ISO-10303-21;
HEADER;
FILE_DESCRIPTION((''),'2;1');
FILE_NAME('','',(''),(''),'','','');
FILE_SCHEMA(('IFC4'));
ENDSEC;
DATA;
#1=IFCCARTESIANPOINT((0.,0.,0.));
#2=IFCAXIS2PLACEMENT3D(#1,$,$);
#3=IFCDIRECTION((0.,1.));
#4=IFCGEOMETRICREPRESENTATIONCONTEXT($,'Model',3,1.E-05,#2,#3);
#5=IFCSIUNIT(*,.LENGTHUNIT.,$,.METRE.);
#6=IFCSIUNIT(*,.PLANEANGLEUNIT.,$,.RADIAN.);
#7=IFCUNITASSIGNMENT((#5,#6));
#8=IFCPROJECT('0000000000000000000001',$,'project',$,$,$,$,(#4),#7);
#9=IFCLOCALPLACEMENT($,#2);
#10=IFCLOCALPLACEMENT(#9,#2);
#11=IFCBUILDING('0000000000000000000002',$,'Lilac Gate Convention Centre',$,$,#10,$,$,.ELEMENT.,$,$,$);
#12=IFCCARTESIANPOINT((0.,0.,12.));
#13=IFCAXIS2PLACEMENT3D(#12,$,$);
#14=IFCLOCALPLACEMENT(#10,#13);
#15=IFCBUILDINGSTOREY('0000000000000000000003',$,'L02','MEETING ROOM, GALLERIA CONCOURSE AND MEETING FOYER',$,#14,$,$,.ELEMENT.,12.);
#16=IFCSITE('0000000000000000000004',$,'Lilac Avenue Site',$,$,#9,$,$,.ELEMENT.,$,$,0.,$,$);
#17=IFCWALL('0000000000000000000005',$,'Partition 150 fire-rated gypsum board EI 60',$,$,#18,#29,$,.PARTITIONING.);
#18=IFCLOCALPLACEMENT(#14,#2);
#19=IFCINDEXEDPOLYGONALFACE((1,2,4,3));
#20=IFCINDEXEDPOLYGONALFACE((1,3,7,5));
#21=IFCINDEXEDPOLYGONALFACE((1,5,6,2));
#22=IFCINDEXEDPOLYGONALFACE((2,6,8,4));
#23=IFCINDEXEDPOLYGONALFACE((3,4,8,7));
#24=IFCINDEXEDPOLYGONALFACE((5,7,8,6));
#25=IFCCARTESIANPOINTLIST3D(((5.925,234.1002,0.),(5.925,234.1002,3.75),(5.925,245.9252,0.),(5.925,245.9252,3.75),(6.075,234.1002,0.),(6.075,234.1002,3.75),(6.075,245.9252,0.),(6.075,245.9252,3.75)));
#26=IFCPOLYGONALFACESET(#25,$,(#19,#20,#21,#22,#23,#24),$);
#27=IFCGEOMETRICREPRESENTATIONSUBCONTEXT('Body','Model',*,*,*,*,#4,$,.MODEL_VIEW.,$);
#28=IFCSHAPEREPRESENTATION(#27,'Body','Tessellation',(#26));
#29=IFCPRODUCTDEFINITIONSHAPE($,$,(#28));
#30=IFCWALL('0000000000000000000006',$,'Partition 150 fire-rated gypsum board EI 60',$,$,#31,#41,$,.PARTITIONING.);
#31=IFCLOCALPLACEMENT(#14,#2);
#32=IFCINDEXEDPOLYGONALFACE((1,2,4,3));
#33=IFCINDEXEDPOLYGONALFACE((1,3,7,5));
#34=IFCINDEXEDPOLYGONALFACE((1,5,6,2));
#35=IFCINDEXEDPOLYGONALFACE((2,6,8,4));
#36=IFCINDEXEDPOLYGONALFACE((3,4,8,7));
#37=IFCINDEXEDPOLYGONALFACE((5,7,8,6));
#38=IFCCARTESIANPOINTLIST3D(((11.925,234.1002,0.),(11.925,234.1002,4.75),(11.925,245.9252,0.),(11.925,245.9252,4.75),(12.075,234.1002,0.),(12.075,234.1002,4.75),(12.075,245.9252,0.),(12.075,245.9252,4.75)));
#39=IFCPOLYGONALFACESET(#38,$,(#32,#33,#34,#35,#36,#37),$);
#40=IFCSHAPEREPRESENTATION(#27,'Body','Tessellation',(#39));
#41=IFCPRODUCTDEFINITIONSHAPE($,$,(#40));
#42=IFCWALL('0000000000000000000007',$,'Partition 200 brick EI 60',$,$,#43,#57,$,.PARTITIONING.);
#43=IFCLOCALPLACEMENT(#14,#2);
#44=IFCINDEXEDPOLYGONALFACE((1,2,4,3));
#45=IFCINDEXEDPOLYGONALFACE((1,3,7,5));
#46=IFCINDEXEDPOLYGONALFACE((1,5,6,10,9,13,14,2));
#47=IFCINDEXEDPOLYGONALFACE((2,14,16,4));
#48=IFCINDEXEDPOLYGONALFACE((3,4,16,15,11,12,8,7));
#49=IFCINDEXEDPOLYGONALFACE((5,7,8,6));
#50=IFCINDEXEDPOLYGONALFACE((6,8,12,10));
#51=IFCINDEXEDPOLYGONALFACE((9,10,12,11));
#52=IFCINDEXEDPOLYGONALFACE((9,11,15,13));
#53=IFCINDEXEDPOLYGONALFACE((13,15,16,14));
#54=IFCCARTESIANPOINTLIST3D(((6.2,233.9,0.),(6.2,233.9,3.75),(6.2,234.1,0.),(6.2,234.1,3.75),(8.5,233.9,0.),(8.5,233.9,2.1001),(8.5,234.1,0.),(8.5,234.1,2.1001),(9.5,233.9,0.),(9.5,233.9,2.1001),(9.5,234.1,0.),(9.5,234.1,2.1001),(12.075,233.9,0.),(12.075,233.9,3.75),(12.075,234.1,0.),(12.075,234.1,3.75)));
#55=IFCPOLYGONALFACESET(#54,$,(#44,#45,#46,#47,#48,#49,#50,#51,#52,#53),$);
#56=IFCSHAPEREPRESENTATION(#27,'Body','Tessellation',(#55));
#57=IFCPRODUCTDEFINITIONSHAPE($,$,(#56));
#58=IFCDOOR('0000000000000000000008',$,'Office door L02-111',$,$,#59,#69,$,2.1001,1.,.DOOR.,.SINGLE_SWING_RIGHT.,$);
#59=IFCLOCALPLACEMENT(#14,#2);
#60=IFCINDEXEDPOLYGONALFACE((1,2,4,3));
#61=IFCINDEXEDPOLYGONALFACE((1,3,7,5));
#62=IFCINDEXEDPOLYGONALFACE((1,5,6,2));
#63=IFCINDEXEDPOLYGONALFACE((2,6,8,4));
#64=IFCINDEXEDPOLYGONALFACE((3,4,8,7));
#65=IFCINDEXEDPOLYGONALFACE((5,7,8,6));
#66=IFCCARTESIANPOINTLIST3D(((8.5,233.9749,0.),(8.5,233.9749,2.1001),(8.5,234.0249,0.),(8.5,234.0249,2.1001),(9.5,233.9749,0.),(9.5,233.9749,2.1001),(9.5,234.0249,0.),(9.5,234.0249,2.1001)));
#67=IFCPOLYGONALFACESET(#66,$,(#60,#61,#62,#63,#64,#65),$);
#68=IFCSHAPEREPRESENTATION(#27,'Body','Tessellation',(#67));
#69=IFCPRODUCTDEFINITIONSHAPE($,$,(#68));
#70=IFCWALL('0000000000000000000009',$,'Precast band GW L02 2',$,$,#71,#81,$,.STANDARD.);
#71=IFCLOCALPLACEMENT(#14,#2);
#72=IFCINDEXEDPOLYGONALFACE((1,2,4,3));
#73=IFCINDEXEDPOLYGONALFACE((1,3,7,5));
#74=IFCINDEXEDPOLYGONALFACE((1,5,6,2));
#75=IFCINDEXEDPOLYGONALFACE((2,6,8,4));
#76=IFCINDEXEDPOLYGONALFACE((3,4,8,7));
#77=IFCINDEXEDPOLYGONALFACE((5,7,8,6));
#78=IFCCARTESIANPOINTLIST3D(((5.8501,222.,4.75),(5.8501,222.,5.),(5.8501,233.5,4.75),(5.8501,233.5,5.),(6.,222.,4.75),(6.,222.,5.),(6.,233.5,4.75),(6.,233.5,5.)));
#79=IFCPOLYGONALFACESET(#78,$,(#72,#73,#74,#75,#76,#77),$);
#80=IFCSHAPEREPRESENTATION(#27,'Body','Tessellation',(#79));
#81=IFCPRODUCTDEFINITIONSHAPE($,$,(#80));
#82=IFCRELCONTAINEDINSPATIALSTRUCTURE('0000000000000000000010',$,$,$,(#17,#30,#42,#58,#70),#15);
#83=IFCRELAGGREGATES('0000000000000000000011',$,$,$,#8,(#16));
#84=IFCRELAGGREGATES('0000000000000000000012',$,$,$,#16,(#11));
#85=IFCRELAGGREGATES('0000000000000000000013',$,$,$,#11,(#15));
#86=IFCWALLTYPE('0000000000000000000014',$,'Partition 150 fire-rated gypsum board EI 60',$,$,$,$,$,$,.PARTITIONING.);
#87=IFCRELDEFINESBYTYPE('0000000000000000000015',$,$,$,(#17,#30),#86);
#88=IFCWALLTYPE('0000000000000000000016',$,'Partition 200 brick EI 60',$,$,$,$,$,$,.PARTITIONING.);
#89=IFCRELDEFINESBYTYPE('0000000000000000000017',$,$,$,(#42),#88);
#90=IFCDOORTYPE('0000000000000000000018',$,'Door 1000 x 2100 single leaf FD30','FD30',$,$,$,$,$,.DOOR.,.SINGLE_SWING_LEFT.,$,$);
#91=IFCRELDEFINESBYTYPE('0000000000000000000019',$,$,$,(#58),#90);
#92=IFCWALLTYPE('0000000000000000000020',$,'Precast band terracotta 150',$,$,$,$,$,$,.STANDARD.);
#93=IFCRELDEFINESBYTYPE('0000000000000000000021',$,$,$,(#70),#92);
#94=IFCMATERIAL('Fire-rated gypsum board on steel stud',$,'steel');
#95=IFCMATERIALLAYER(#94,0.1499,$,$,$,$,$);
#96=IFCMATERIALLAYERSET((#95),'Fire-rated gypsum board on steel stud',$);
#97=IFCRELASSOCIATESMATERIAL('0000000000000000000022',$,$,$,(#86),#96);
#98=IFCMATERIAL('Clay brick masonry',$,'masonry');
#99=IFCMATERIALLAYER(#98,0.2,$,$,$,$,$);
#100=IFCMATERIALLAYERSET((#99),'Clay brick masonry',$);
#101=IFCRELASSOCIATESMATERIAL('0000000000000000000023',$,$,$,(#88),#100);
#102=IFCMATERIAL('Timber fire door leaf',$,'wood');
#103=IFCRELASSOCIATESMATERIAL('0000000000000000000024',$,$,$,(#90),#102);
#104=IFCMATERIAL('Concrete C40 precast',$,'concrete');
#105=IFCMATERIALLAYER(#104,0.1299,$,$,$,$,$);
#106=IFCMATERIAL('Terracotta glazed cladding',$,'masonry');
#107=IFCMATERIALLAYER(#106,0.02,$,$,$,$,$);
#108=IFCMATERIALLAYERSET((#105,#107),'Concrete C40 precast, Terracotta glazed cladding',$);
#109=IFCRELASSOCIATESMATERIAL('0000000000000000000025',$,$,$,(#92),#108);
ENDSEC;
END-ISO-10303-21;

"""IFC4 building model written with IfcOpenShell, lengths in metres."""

from ifc_helpers import new_model, si_unit, direction, frame, frame_2d, origin, place, context, subcontext, project, spatial, rectangle, extrude, material, layer, layer_set, type_object, element, fill, save


model = new_model("IFC4")

# Units and contexts
model_context = context("Model", 3, precision=1e-05, world=origin(), true_north=direction((0.0, 1.0)))
body_context = subcontext(model_context, "Body", "Model", "MODEL_VIEW")
ifc_project = project(units=[si_unit("LENGTHUNIT", "METRE"), si_unit("PLANEANGLEUNIT", "RADIAN")], contexts=[model_context])

# Site, building, storey
site_placement = place(None, origin())
site = spatial("IfcSite", under=ifc_project, at=site_placement, Name="Lilac Avenue Site", CompositionType="ELEMENT", RefElevation=0.0)
building_placement = place(site_placement, origin())
building = spatial("IfcBuilding", under=site, at=building_placement, Name="Lilac Gate Convention Centre", CompositionType="ELEMENT")
storey_placement = place(building_placement, frame((0.0, 0.0, 12.0)))
storey = spatial("IfcBuildingStorey", under=building, at=storey_placement, Name="L02", Description="MEETING ROOM, GALLERIA CONCOURSE AND MEETING FOYER", CompositionType="ELEMENT", Elevation=12.0)

# Walls
ifc_material_1 = material(Name="Fire-rated gypsum board on steel stud", Category="steel")
ifc_layer_1 = layer(ifc_material_1, 0.1499)
ifc_layer_set_1 = layer_set([ifc_layer_1], Name="Fire-rated gypsum board on steel stud")
wall_type_1 = type_object("IfcWallType", Name="Partition 150 fire-rated gypsum board EI 60", PredefinedType="PARTITIONING", material=ifc_layer_set_1)
wall_1_placement = place(storey_placement, frame((6.0, 234.1001, 0.0), z_axis=(0.0, 0.0, 1.0), x_axis=(0.0, 1.0, 0.0)))
element("IfcWall", 1, at=wall_1_placement, inside=storey, type_object=wall_type_1, Name="Partition 150 fire-rated gypsum board EI 60", PredefinedType="PARTITIONING", context=body_context, shape_type="SweptSolid", body=[
    extrude(rectangle(XDim=11.825, YDim=0.1499, at=frame_2d((5.9126, 0.0))), origin(), (0.0, 0.0, 1.0), 3.75),
])
wall_2_placement = place(storey_placement, frame((12.0, 234.1001, 0.0), z_axis=(0.0, 0.0, 1.0), x_axis=(0.0, 1.0, 0.0)))
element("IfcWall", 2, at=wall_2_placement, inside=storey, type_object=wall_type_1, Name="Partition 150 fire-rated gypsum board EI 60", PredefinedType="PARTITIONING", context=body_context, shape_type="SweptSolid", body=[
    extrude(rectangle(XDim=11.825, YDim=0.1499, at=frame_2d((5.9126, 0.0))), origin(), (0.0, 0.0, 1.0), 4.75),
])

# Wall, opening, door
ifc_material_2 = material(Name="Clay brick masonry", Category="masonry")
ifc_layer_2 = layer(ifc_material_2, 0.2)
ifc_layer_set_2 = layer_set([ifc_layer_2], Name="Clay brick masonry")
wall_type_2 = type_object("IfcWallType", Name="Partition 200 brick EI 60", PredefinedType="PARTITIONING", material=ifc_layer_set_2)
wall_3_placement = place(storey_placement, frame((6.2, 234.0, 0.0), z_axis=(0.0, 0.0, 1.0), x_axis=(1.0, 0.0, 0.0)))
wall_3 = element("IfcWall", 3, at=wall_3_placement, inside=storey, type_object=wall_type_2, Name="Partition 200 brick EI 60", PredefinedType="PARTITIONING", context=body_context, shape_type="SweptSolid", body=[
    extrude(rectangle(XDim=5.875, YDim=0.2, at=frame_2d((2.9375, 0.0))), origin(), (0.0, 0.0, 1.0), 3.75),
])
opening_placement = place(wall_3_placement, frame((2.3, 0.0, 0.0)))
opening = element("IfcOpeningElement", 4, at=opening_placement, cuts=wall_3, PredefinedType="OPENING", context=body_context, shape_type="SweptSolid", body=[
    extrude(rectangle(XDim=1.0, YDim=2.1001, at=frame_2d((0.5, 1.05))), frame((0.0, 0.1099, 0.0), z_axis=(0.0, -1.0, 0.0), x_axis=(1.0, 0.0, 0.0)), (0.0, 0.0, 1.0), 0.22),
])
ifc_material_3 = material(Name="Timber fire door leaf", Category="wood")
door_type = type_object("IfcDoorType", Name="Door 1000 x 2100 single leaf FD30", Description="FD30", OperationType="SINGLE_SWING_LEFT", PredefinedType="DOOR", material=ifc_material_3)
door_placement = place(opening_placement, origin())
door = element("IfcDoor", 5, at=door_placement, inside=storey, type_object=door_type, Name="Office door L02-111", OperationType="SINGLE_SWING_RIGHT", OverallHeight=2.1001, OverallWidth=1.0, PredefinedType="DOOR", context=body_context, shape_type="SweptSolid", body=[
    extrude(rectangle(XDim=1.0, YDim=2.1001, at=frame_2d((0.5, 1.05))), frame((0.0, 0.0249, 0.0), z_axis=(0.0, -1.0, 0.0), x_axis=(1.0, 0.0, 0.0)), (0.0, 0.0, 1.0), 0.05),
])
fill(opening, door)

# Wall
ifc_material_4 = material(Name="Concrete C40 precast", Category="concrete")
ifc_layer_3 = layer(ifc_material_4, 0.1299)
ifc_material_5 = material(Name="Terracotta glazed cladding", Category="masonry")
ifc_layer_4 = layer(ifc_material_5, 0.02)
ifc_layer_set_3 = layer_set([ifc_layer_3, ifc_layer_4], Name="Concrete C40 precast, Terracotta glazed cladding")
wall_type_3 = type_object("IfcWallType", Name="Precast band terracotta 150", PredefinedType="STANDARD", material=ifc_layer_set_3)
wall_4_placement = place(storey_placement, frame((5.925, 233.5, 4.75), z_axis=(0.0, 0.0, 1.0), x_axis=(0.0, -1.0, 0.0)))
element("IfcWall", 6, at=wall_4_placement, inside=storey, type_object=wall_type_3, Name="Precast band GW L02 2", PredefinedType="STANDARD", context=body_context, shape_type="SweptSolid", body=[
    extrude(rectangle(XDim=11.5, YDim=0.1499, at=frame_2d((5.75, 0.0))), origin(), (0.0, 0.0, 1.0), 0.25),
])

save(model, "model.ifc")
